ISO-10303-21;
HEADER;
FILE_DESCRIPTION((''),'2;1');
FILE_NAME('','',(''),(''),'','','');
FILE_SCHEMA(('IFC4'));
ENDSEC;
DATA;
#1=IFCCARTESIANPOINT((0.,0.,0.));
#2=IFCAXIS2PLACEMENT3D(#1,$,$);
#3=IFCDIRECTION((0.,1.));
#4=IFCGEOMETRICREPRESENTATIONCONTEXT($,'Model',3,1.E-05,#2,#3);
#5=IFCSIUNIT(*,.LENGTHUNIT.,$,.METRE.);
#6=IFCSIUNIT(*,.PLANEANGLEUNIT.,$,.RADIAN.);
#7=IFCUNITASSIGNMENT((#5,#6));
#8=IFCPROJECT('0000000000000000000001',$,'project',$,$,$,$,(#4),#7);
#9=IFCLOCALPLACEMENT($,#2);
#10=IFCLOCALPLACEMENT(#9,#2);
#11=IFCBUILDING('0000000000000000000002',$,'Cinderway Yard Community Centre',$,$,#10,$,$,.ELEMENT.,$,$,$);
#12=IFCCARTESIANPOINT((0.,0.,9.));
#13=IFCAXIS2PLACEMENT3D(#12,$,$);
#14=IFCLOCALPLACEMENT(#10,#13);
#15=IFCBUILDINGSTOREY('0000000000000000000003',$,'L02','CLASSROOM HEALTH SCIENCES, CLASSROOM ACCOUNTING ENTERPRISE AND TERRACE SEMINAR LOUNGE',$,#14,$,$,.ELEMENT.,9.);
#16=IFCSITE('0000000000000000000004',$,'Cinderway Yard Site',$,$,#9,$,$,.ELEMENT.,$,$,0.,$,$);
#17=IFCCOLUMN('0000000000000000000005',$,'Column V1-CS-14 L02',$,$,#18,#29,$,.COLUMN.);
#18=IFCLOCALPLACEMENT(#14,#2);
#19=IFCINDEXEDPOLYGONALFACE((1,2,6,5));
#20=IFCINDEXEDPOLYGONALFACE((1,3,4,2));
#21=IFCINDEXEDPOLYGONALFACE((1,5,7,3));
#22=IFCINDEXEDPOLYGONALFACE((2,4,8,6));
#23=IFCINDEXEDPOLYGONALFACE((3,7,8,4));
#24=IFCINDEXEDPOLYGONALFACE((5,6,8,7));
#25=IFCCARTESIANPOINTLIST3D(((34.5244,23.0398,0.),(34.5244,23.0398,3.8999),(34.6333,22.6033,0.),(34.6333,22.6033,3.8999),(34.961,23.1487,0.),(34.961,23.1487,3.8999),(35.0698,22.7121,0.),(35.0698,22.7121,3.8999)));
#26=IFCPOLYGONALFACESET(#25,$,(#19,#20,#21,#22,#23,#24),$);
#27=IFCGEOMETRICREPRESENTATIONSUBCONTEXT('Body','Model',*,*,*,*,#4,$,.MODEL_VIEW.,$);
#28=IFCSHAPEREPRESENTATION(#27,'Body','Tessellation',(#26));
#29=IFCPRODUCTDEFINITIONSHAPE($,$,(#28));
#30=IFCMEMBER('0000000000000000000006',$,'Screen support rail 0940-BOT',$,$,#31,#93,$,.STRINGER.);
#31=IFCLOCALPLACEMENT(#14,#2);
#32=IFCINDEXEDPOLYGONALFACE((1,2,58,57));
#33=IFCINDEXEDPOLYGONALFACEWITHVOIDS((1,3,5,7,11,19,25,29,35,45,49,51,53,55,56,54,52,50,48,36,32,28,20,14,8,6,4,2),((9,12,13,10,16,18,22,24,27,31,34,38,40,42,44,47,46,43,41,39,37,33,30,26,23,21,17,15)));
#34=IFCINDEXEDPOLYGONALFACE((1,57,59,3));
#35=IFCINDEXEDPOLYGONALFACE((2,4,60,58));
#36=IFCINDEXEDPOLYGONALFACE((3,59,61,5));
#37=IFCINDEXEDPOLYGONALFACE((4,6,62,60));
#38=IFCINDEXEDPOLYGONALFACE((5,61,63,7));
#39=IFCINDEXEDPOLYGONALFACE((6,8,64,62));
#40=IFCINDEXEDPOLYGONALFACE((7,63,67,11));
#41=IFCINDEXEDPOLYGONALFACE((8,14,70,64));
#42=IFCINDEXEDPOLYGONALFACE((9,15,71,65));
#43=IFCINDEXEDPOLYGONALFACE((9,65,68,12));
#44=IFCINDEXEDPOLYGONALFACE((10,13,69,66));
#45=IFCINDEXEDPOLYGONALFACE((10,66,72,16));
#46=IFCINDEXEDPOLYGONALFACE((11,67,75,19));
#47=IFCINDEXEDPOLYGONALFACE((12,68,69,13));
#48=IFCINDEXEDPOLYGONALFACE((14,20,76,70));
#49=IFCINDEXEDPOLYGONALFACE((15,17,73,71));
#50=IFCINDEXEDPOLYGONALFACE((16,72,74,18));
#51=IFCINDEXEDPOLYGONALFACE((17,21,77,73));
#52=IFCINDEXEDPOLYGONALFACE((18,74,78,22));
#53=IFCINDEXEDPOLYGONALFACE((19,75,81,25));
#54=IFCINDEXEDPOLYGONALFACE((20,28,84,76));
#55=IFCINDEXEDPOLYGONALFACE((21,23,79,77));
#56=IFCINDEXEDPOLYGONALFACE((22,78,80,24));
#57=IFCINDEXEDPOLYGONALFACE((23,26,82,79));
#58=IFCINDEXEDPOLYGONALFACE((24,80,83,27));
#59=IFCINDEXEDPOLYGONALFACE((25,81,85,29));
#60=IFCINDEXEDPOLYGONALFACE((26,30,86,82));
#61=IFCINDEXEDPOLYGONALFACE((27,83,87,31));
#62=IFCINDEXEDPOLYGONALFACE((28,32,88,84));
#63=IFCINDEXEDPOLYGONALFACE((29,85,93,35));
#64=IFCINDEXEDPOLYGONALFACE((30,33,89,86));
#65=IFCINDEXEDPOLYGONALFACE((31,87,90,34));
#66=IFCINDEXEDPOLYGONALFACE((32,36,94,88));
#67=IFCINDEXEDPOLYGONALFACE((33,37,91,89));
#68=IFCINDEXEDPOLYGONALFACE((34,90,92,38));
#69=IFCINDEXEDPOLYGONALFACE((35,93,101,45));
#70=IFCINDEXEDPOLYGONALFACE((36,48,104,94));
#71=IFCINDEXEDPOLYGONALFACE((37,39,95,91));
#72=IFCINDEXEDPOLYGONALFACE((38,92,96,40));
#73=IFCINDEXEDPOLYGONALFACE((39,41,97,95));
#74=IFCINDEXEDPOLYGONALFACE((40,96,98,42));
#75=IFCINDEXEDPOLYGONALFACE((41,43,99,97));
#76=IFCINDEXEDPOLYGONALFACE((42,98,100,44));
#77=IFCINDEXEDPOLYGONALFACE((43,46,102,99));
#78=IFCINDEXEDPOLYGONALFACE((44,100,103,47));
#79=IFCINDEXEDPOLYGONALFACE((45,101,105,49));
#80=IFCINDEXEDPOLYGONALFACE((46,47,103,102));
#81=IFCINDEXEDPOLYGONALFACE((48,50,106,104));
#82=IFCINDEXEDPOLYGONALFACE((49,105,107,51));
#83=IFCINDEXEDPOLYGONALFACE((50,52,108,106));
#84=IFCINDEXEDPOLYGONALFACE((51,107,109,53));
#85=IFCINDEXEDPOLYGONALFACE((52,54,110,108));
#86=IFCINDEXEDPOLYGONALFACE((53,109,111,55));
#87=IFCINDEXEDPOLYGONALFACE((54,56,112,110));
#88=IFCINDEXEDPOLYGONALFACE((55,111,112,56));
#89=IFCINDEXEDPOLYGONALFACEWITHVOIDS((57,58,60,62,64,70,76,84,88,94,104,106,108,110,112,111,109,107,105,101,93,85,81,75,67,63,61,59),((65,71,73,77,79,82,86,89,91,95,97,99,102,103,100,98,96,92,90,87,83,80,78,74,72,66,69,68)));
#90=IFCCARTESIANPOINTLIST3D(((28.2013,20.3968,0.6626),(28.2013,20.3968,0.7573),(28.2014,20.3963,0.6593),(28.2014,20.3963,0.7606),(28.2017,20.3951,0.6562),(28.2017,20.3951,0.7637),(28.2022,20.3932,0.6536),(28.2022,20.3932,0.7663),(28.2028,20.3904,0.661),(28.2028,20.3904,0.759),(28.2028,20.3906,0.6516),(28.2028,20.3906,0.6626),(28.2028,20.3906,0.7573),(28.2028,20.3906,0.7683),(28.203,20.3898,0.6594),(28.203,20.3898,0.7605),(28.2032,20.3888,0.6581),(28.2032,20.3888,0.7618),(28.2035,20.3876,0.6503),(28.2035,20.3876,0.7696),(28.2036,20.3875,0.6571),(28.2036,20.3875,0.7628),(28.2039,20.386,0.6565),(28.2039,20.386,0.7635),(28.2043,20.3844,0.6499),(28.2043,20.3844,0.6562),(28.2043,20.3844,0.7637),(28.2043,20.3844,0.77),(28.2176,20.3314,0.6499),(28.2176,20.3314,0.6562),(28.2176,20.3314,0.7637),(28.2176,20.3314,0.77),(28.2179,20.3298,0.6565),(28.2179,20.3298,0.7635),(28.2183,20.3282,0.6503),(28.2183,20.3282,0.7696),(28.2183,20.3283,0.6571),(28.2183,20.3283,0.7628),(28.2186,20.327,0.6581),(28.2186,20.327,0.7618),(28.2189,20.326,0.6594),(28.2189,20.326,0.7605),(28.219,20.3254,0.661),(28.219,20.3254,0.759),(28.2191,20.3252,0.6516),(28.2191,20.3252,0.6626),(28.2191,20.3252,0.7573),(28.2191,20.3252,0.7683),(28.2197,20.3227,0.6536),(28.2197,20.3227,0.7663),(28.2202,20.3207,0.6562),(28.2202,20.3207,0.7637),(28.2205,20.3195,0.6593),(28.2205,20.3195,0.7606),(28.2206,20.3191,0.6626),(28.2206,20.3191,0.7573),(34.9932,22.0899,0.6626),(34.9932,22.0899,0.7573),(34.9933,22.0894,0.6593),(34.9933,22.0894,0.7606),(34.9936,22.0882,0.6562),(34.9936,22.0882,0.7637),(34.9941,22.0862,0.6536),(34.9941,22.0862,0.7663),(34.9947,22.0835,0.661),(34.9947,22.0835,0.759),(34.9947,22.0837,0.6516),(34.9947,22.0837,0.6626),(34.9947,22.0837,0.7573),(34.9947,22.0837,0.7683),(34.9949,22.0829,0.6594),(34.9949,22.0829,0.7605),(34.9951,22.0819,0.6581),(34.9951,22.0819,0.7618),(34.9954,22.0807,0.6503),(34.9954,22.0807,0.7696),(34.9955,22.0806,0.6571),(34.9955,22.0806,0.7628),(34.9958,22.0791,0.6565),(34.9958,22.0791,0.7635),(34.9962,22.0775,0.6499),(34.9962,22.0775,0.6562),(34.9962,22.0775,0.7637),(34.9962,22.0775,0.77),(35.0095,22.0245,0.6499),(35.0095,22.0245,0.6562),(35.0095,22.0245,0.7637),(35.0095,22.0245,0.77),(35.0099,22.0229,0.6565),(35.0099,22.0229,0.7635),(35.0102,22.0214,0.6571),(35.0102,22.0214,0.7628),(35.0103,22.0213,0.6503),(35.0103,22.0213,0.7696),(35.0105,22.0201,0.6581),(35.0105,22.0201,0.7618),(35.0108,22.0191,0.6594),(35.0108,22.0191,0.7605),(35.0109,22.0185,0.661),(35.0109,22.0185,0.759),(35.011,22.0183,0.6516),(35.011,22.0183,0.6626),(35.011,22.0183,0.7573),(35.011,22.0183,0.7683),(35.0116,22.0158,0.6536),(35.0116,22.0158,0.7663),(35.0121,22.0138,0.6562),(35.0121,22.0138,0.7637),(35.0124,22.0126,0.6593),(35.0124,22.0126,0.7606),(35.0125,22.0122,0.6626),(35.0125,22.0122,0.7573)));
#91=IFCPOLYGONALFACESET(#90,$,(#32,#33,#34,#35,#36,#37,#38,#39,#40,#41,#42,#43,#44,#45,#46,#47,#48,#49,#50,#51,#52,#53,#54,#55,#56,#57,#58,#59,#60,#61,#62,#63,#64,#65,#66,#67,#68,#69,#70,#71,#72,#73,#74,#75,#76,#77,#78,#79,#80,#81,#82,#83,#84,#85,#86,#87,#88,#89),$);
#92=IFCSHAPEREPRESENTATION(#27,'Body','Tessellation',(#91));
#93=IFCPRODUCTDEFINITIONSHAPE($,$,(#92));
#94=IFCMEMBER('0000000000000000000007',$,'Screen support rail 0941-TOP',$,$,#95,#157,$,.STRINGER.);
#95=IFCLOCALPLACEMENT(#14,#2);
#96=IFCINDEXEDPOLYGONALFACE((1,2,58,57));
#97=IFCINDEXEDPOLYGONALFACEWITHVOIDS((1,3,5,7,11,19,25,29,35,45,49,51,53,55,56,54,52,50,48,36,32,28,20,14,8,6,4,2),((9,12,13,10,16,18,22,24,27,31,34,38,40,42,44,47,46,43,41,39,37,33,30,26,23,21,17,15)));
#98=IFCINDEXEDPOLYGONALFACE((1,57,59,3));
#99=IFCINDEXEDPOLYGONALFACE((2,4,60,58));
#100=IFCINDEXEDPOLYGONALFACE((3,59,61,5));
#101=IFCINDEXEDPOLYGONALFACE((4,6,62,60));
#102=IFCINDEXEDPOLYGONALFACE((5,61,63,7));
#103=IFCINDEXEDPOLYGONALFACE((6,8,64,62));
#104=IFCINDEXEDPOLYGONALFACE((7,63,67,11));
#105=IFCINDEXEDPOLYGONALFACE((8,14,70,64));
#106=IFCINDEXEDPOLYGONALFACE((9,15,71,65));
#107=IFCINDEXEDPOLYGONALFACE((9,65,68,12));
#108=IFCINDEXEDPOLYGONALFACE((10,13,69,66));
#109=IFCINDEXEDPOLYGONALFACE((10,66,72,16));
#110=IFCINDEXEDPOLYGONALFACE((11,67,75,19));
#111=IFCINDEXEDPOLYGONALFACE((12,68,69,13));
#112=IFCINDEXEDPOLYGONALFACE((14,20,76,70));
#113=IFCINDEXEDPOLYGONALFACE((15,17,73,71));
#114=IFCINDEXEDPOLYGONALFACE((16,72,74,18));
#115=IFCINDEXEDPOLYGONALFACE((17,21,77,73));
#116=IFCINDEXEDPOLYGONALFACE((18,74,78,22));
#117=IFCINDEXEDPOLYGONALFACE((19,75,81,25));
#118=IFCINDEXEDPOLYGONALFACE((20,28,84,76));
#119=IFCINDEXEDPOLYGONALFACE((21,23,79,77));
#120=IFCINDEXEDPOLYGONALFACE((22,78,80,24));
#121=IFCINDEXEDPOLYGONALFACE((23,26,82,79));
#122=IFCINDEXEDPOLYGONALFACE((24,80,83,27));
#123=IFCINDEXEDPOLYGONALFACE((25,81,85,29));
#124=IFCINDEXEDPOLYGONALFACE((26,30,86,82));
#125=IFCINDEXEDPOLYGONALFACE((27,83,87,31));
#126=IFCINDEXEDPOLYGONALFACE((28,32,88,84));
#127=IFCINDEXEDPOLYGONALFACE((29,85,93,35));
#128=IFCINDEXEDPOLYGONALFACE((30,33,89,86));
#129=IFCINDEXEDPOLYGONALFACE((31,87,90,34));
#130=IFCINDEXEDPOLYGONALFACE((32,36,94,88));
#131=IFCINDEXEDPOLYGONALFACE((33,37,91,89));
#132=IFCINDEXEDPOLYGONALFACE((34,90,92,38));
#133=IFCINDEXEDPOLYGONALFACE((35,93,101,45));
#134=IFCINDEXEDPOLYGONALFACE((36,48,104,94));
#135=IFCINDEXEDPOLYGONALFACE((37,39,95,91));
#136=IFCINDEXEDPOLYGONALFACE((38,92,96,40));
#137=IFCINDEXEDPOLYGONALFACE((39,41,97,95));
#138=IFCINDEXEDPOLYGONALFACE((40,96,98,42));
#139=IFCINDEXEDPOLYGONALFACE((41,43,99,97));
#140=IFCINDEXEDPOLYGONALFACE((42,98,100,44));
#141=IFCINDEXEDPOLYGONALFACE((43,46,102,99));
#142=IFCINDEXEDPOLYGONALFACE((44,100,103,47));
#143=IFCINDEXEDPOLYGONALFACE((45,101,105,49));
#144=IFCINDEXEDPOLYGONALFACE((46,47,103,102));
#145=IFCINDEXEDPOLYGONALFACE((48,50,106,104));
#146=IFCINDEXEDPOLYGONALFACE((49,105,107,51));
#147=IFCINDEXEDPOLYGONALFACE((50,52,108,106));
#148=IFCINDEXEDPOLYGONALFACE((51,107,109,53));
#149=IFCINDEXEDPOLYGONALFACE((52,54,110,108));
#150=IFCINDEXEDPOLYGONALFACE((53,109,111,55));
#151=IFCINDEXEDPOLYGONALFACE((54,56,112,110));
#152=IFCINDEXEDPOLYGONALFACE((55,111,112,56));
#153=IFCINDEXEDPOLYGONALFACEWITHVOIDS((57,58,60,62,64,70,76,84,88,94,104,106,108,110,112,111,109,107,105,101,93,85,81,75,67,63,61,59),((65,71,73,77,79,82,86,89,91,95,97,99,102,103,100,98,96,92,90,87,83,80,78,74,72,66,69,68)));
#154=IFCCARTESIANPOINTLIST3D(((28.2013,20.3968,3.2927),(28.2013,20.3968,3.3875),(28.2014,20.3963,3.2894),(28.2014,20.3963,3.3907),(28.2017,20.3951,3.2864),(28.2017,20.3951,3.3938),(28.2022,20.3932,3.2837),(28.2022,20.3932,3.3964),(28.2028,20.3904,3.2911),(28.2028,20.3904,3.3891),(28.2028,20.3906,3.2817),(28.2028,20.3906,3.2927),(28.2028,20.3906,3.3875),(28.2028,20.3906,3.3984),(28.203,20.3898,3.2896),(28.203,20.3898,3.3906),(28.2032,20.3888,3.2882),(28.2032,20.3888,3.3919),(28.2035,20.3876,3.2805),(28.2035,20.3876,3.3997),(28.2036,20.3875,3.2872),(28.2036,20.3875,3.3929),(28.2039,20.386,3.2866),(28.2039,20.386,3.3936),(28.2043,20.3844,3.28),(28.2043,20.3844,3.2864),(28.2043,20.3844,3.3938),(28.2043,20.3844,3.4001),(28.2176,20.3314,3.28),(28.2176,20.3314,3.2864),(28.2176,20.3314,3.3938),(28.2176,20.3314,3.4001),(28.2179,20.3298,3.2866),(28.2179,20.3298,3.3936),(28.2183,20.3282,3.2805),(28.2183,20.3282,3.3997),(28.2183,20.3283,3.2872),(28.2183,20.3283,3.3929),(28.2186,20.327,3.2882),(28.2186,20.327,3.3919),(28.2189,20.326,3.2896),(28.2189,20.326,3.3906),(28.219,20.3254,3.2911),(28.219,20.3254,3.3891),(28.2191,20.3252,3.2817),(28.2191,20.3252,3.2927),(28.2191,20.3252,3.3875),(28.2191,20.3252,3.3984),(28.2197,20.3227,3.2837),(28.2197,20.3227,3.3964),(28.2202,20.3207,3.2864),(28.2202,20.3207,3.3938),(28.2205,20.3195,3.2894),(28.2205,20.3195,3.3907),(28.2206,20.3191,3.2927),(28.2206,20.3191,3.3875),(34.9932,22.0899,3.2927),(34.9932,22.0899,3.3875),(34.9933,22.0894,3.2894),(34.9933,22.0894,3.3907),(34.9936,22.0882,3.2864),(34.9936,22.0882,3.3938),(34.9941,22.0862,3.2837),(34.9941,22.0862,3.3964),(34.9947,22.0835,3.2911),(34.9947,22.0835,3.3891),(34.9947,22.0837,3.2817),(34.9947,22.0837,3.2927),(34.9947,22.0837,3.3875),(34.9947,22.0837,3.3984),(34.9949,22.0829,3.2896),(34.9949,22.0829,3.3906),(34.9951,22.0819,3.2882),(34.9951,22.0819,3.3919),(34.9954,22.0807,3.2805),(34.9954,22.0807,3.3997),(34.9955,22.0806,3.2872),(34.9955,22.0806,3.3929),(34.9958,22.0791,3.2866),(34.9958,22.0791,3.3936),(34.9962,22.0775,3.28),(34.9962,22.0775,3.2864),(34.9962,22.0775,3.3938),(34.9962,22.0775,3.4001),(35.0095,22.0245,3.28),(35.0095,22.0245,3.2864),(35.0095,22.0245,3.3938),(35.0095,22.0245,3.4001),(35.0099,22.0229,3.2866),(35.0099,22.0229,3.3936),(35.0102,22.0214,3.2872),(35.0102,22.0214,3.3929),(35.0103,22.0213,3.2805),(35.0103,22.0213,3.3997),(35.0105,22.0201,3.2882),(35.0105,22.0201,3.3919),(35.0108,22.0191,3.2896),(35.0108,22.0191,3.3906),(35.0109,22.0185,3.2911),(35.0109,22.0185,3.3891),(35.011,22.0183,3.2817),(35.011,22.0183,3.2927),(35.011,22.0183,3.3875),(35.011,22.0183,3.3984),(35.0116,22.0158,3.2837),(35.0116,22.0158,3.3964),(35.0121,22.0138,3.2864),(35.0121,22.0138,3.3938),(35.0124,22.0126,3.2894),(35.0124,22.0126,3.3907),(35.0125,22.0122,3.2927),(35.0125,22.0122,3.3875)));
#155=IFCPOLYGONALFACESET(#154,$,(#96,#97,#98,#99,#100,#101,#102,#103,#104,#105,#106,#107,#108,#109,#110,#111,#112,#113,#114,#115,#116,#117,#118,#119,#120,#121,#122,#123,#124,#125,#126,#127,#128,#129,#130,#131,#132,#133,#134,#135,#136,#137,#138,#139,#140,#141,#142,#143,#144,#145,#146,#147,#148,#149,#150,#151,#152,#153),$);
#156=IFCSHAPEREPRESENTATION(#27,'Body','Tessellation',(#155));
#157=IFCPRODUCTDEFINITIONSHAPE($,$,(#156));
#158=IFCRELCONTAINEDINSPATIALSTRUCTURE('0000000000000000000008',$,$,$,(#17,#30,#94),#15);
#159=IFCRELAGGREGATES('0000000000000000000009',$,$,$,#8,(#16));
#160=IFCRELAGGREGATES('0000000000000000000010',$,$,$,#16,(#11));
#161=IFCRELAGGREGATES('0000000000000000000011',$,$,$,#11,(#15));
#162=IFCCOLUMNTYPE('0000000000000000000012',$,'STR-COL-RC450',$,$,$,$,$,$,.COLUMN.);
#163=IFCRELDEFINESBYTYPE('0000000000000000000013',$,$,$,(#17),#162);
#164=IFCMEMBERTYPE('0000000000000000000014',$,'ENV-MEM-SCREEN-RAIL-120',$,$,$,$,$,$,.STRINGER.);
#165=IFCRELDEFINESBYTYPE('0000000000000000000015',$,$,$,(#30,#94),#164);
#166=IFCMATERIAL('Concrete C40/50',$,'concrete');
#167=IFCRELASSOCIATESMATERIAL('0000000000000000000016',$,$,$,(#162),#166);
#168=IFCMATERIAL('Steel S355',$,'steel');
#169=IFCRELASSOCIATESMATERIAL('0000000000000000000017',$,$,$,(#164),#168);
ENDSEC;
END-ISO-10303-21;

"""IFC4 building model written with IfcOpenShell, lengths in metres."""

from ifc_helpers import new_model, si_unit, direction, frame, origin, origin_2d, place, context, subcontext, project, spatial, rectangle, hollow_rectangle, extrude, material, material_profile, profile_set, type_object, element, save


model = new_model("IFC4")

# Units and contexts
model_context = context("Model", 3, precision=1e-05, world=origin(), true_north=direction((0.0, 1.0)))
body_context = subcontext(model_context, "Body", "Model", "MODEL_VIEW")
ifc_project = project(units=[si_unit("LENGTHUNIT", "METRE"), si_unit("PLANEANGLEUNIT", "RADIAN")], contexts=[model_context])

# Site, building, storey
site_placement = place(None, origin())
site = spatial("IfcSite", under=ifc_project, at=site_placement, Name="Cinderway Yard Site", CompositionType="ELEMENT", RefElevation=0.0)
building_placement = place(site_placement, origin())
building = spatial("IfcBuilding", under=site, at=building_placement, Name="Cinderway Yard Community Centre", CompositionType="ELEMENT")
storey_placement = place(building_placement, frame((0.0, 0.0, 9.0)))
storey = spatial("IfcBuildingStorey", under=building, at=storey_placement, Name="L02", Description="CLASSROOM HEALTH SCIENCES, CLASSROOM ACCOUNTING ENTERPRISE AND TERRACE SEMINAR LOUNGE", CompositionType="ELEMENT", Elevation=9.0)

# Column
ifc_material_1 = material(Name="Concrete C40/50", Category="concrete")
ifc_material_profile_1 = material_profile(ifc_material_1, rectangle(XDim=0.45, YDim=0.45, at=origin_2d()), Name="Concrete C40/50")
ifc_profile_set_1 = profile_set([ifc_material_profile_1], Name="Concrete C40/50")
column_type = type_object("IfcColumnType", Name="STR-COL-RC450", PredefinedType="COLUMN", material=ifc_profile_set_1)
column_placement = place(storey_placement, frame((34.7971, 22.876, 0.0), z_axis=(0.0, 0.0, 1.0), x_axis=(0.970296, 0.241922, 0.0)))
element("IfcColumn", 1, at=column_placement, inside=storey, type_object=column_type, Name="Column V1-CS-14 L02", PredefinedType="COLUMN", context=body_context, shape_type="SweptSolid", body=[
    extrude(rectangle(XDim=0.45, YDim=0.45, at=origin_2d()), origin(), (0.0, 0.0, 1.0), 3.8999),
])

# Members
ifc_material_2 = material(Name="Steel S355", Category="steel")
ifc_material_profile_2 = material_profile(ifc_material_2, hollow_rectangle(XDim=0.0801, YDim=0.1201, WallThickness=0.0063, InnerFilletRadius=0.0063, OuterFilletRadius=0.0127, at=origin_2d()), Name="Steel S355")
ifc_profile_set_2 = profile_set([ifc_material_profile_2], Name="Steel S355")
member_type_1 = type_object("IfcMemberType", Name="ENV-MEM-SCREEN-RAIL-120", PredefinedType="STRINGER", material=ifc_profile_set_2)
for number, where, z_axis, x_axis, name in (
    (2, (28.2109, 20.3579, 0.71), (0.970306, 0.241879, 0.0), (-0.241879, 0.970306, 0.0), "Screen support rail 0940-BOT"),
    (3, (28.2109, 20.3579, 3.3401), (0.970306, 0.241879, 0.0), (-0.241879, 0.970306, 0.0), "Screen support rail 0941-TOP"),
):
    element("IfcMember", number, at=place(storey_placement, frame(where, z_axis=z_axis, x_axis=x_axis)), inside=storey, type_object=member_type_1, Name=name, PredefinedType="STRINGER", context=body_context, shape_type="SweptSolid", body=[
        extrude(hollow_rectangle(XDim=0.0801, YDim=0.1201, WallThickness=0.0063, InnerFilletRadius=0.0063, OuterFilletRadius=0.0127, at=origin_2d()), origin(), (0.0, 0.0, 1.0), 6.9998),
    ])

save(model, "model.ifc")
